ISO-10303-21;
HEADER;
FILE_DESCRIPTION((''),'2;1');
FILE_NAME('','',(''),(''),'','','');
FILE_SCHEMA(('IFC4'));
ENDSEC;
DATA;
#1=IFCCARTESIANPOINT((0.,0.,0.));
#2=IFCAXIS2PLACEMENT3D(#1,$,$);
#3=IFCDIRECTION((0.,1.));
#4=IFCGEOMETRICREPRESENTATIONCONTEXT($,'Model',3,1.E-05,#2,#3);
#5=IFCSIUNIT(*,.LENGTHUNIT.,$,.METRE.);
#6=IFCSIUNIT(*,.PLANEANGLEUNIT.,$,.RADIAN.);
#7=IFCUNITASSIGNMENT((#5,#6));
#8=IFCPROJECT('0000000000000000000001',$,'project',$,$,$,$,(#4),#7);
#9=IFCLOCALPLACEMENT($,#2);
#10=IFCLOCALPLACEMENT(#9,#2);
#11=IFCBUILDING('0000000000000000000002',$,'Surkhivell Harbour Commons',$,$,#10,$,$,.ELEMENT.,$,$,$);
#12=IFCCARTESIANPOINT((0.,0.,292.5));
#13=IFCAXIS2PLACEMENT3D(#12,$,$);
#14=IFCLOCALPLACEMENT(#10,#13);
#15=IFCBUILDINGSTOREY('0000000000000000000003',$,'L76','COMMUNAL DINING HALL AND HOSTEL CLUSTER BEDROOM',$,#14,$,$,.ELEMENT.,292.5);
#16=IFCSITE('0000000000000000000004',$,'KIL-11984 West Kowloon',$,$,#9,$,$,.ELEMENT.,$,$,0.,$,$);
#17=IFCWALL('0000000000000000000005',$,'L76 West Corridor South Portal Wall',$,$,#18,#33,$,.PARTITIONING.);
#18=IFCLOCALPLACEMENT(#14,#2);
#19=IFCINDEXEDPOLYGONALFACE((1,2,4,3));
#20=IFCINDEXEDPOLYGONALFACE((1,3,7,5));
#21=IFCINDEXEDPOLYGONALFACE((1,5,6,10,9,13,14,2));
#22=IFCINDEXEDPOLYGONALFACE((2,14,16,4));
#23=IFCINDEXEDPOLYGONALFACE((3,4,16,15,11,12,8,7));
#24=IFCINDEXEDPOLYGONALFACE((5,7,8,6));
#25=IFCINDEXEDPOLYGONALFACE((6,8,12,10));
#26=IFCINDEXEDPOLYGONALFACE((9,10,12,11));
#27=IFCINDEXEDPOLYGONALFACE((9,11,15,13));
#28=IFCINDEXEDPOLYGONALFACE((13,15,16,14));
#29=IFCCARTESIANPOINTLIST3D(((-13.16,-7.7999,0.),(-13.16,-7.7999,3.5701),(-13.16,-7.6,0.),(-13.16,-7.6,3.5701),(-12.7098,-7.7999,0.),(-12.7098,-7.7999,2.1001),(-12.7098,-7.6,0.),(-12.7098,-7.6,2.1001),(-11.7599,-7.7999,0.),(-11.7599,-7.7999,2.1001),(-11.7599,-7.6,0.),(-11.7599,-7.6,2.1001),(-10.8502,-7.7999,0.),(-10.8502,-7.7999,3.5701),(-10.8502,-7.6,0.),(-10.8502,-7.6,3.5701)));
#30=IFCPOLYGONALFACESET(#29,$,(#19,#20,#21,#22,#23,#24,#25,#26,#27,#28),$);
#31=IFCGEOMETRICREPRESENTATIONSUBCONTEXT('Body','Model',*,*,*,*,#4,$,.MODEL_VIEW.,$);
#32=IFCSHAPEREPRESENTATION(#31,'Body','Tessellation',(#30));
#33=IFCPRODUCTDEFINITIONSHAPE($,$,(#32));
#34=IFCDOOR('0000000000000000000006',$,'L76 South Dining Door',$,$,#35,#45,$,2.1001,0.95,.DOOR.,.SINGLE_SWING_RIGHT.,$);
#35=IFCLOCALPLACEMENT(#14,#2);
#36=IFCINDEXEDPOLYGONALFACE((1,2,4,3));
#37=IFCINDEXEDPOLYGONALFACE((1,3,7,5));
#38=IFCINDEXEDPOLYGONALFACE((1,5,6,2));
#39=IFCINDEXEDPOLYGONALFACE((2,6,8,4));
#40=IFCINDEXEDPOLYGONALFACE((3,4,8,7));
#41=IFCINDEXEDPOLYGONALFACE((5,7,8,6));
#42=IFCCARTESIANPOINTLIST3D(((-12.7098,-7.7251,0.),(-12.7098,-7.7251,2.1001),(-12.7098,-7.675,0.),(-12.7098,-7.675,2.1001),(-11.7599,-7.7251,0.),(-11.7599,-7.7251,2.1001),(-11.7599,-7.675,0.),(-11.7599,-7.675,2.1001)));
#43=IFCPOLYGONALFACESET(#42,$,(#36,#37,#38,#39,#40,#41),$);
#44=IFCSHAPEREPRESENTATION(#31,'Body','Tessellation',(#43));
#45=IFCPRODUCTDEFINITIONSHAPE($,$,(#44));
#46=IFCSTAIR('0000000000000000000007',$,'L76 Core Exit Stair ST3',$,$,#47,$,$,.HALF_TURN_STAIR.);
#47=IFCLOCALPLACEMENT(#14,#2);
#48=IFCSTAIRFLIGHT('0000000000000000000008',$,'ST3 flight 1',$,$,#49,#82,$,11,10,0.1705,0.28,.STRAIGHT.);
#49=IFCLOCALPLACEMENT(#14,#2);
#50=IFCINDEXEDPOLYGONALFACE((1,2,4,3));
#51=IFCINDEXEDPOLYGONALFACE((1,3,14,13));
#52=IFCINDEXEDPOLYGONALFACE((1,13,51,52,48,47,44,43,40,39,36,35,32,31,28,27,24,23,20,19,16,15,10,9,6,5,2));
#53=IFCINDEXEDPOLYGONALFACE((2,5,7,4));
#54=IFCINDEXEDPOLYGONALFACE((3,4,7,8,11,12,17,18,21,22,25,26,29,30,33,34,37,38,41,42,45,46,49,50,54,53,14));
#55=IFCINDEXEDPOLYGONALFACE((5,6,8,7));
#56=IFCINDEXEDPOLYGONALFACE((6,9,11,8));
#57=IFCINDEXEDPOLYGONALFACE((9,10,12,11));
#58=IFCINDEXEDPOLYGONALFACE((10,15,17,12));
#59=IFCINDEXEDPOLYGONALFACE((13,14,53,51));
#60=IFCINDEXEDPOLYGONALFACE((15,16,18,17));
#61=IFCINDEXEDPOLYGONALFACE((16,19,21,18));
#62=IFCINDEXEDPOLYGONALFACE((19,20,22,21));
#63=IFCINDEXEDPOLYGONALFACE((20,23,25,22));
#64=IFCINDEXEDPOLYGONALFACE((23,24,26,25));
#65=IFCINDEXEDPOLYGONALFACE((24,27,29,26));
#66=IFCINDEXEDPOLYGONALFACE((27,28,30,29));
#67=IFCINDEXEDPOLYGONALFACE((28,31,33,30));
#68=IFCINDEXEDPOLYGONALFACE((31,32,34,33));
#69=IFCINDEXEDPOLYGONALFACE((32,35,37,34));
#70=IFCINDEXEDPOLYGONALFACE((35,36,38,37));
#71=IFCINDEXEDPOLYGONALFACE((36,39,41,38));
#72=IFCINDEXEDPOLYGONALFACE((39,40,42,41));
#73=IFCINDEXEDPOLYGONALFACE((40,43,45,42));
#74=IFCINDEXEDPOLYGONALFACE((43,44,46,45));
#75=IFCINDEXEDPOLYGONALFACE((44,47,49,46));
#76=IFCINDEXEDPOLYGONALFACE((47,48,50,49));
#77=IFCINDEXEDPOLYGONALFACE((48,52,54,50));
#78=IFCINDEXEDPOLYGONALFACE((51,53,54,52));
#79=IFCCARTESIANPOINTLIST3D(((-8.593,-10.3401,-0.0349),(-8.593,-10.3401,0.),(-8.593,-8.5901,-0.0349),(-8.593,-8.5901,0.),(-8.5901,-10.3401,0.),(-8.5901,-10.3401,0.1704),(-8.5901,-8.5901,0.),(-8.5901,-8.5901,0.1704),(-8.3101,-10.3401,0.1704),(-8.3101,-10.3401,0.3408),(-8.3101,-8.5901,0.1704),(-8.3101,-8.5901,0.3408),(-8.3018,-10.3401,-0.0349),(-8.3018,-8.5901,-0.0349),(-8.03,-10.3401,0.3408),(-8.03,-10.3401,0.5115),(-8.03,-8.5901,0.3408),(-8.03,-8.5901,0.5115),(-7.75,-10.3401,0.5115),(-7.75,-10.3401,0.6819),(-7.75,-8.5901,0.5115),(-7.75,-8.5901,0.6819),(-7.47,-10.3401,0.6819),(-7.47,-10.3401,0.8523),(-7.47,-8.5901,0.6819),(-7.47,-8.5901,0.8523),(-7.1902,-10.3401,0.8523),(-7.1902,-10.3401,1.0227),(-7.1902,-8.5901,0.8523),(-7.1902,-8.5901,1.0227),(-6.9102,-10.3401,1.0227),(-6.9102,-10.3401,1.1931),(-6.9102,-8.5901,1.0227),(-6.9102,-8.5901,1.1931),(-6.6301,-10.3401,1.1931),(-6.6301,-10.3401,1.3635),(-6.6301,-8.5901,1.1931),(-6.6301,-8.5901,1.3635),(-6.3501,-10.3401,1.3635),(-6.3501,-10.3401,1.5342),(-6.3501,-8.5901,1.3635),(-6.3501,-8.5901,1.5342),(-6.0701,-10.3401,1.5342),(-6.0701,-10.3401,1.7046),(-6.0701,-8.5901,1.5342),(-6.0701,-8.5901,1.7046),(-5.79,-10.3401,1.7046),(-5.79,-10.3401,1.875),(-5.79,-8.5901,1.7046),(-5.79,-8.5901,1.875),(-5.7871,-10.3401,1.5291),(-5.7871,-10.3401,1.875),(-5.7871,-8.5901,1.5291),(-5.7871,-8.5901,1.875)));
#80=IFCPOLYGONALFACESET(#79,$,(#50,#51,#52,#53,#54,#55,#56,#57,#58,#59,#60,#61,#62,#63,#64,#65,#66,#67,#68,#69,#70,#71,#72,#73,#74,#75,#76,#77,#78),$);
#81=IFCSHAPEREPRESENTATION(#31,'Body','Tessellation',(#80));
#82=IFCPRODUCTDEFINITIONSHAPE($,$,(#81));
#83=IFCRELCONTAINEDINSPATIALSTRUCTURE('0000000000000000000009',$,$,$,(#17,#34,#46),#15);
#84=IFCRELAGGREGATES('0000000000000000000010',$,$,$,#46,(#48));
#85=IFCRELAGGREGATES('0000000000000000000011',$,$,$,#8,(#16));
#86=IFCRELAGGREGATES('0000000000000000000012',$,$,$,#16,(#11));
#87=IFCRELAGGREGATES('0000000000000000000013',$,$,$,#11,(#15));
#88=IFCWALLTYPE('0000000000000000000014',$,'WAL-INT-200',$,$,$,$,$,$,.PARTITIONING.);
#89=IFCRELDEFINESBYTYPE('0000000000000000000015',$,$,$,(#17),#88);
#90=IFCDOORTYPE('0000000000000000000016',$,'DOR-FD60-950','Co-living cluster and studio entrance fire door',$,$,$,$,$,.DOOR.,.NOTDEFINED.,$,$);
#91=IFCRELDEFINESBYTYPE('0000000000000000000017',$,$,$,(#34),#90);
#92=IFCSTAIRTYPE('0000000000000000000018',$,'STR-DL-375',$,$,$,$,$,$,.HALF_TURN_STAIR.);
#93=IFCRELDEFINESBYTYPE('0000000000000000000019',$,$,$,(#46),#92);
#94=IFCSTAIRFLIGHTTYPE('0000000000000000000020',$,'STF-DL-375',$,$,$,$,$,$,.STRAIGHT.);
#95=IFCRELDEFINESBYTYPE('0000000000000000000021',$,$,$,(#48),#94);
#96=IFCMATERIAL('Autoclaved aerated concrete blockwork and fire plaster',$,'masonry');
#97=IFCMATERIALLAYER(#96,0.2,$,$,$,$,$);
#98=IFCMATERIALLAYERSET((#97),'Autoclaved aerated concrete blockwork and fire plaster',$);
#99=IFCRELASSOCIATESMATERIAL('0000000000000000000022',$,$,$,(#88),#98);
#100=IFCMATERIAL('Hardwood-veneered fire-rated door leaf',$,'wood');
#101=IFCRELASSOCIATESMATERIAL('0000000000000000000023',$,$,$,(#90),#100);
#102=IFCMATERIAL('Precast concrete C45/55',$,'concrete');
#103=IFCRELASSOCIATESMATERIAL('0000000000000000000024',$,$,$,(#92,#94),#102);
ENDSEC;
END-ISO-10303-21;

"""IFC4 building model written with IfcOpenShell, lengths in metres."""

from ifc_helpers import new_model, si_unit, direction, frame, frame_2d, origin, place, context, subcontext, project, spatial, polyline, rectangle, outline, extrude, material, layer, layer_set, type_object, element, fill, aggregate, save


model = new_model("IFC4")

# Units and contexts
model_context = context("Model", 3, precision=1e-05, world=origin(), true_north=direction((0.0, 1.0)))
body_context = subcontext(model_context, "Body", "Model", "MODEL_VIEW")
ifc_project = project(units=[si_unit("LENGTHUNIT", "METRE"), si_unit("PLANEANGLEUNIT", "RADIAN")], contexts=[model_context])

# Site, building, storey
site_placement = place(None, origin())
site = spatial("IfcSite", under=ifc_project, at=site_placement, Name="KIL-11984 West Kowloon", CompositionType="ELEMENT", RefElevation=0.0)
building_placement = place(site_placement, origin())
building = spatial("IfcBuilding", under=site, at=building_placement, Name="Surkhivell Harbour Commons", CompositionType="ELEMENT")
storey_placement = place(building_placement, frame((0.0, 0.0, 292.5)))
storey = spatial("IfcBuildingStorey", under=building, at=storey_placement, Name="L76", Description="COMMUNAL DINING HALL AND HOSTEL CLUSTER BEDROOM", CompositionType="ELEMENT", Elevation=292.5)

# Shared definitions
ifc_material_1 = material(Name="Autoclaved aerated concrete blockwork and fire plaster", Category="masonry")
ifc_layer_1 = layer(ifc_material_1, 0.2)
ifc_layer_set_1 = layer_set([ifc_layer_1], Name="Autoclaved aerated concrete blockwork and fire plaster")
wall_type_1 = type_object("IfcWallType", Name="WAL-INT-200", PredefinedType="PARTITIONING", material=ifc_layer_set_1)
ifc_material_2 = material(Name="Hardwood-veneered fire-rated door leaf", Category="wood")
door_type_1 = type_object("IfcDoorType", Name="DOR-FD60-950", Description="Co-living cluster and studio entrance fire door", OperationType="NOTDEFINED", PredefinedType="DOOR", material=ifc_material_2)

# Wall, opening, door
wall_1_placement = place(storey_placement, frame((-13.1599, -7.7, 0.0), z_axis=(0.0, 0.0, 1.0), x_axis=(1.0, 0.0, 0.0)))
wall_1 = element("IfcWall", 1, at=wall_1_placement, inside=storey, type_object=wall_type_1, Name="L76 West Corridor South Portal Wall", PredefinedType="PARTITIONING", context=body_context, shape_type="SweptSolid", body=[
    extrude(rectangle(XDim=2.3098, YDim=0.2, at=frame_2d((1.1548, 0.0))), origin(), (0.0, 0.0, 1.0), 3.5701),
])
opening_1_placement = place(wall_1_placement, frame((0.45, 0.0, 0.0)))
opening_1 = element("IfcOpeningElement", 2, at=opening_1_placement, cuts=wall_1, PredefinedType="OPENING", context=body_context, shape_type="SweptSolid", body=[
    extrude(rectangle(XDim=0.95, YDim=2.1001, at=frame_2d((0.4751, 1.05))), frame((0.0, 0.1099, 0.0), z_axis=(0.0, -1.0, 0.0), x_axis=(1.0, 0.0, 0.0)), (0.0, 0.0, 1.0), 0.22),
])
door_1_placement = place(opening_1_placement, origin())
door_1 = element("IfcDoor", 3, at=door_1_placement, inside=storey, type_object=door_type_1, Name="L76 South Dining Door", OperationType="SINGLE_SWING_RIGHT", OverallHeight=2.1001, OverallWidth=0.95, PredefinedType="DOOR", context=body_context, shape_type="SweptSolid", body=[
    extrude(rectangle(XDim=0.95, YDim=2.1001, at=frame_2d((0.4751, 1.05))), frame((0.0, 0.0249, 0.0), z_axis=(0.0, -1.0, 0.0), x_axis=(1.0, 0.0, 0.0)), (0.0, 0.0, 1.0), 0.05),
])
fill(opening_1, door_1)

# Stair, stair flight
ifc_material_3 = material(Name="Precast concrete C45/55", Category="concrete")
stair_type = type_object("IfcStairType", Name="STR-DL-375", PredefinedType="HALF_TURN_STAIR", material=ifc_material_3)
stair_placement = place(storey_placement, origin())
stair = element("IfcStair", 4, at=stair_placement, inside=storey, type_object=stair_type, Name="L76 Core Exit Stair ST3", PredefinedType="HALF_TURN_STAIR")
stair_flight_type = type_object("IfcStairFlightType", Name="STF-DL-375", PredefinedType="STRAIGHT", material=ifc_material_3)
stair_flight_placement = place(storey_placement, frame((-8.5901, -9.4651, 0.0), z_axis=(0.0, 0.0, 1.0), x_axis=(1.0, 0.0, 0.0)))
stair_flight = element("IfcStairFlight", 5, at=stair_flight_placement, type_object=stair_flight_type, Name="ST3 flight 1", NumberOfRisers=11, NumberOfTreads=10, PredefinedType="STRAIGHT", RiserHeight=0.1705, TreadLength=0.28, context=body_context, shape_type="SweptSolid", body=[
    extrude(outline(polyline([(-0.0029, -0.0349), (-0.0029, 0.0), (0.0, 0.0), (0.0, 0.1704), (0.28, 0.1704), (0.28, 0.3408), (0.5601, 0.3408), (0.5601, 0.5115), (0.8401, 0.5115), (0.8401, 0.6819), (1.1201, 0.6819), (1.1201, 0.8523), (1.3999, 0.8523), (1.3999, 1.0227), (1.6799, 1.0227), (1.6799, 1.1931), (1.96, 1.1931), (1.96, 1.3635), (2.24, 1.3635), (2.24, 1.5342), (2.52, 1.5342), (2.52, 1.7046), (2.8, 1.7046), (2.8, 1.875), (2.803, 1.875), (2.803, 1.5291), (0.2883, -0.0349), (-0.0029, -0.0349)])), frame((0.0, 0.875, 0.0), z_axis=(0.0, -1.0, 0.0), x_axis=(1.0, 0.0, 0.0)), (0.0, 0.0, 1.0), 1.75),
])
aggregate(stair, [stair_flight])

save(model, "model.ifc")
